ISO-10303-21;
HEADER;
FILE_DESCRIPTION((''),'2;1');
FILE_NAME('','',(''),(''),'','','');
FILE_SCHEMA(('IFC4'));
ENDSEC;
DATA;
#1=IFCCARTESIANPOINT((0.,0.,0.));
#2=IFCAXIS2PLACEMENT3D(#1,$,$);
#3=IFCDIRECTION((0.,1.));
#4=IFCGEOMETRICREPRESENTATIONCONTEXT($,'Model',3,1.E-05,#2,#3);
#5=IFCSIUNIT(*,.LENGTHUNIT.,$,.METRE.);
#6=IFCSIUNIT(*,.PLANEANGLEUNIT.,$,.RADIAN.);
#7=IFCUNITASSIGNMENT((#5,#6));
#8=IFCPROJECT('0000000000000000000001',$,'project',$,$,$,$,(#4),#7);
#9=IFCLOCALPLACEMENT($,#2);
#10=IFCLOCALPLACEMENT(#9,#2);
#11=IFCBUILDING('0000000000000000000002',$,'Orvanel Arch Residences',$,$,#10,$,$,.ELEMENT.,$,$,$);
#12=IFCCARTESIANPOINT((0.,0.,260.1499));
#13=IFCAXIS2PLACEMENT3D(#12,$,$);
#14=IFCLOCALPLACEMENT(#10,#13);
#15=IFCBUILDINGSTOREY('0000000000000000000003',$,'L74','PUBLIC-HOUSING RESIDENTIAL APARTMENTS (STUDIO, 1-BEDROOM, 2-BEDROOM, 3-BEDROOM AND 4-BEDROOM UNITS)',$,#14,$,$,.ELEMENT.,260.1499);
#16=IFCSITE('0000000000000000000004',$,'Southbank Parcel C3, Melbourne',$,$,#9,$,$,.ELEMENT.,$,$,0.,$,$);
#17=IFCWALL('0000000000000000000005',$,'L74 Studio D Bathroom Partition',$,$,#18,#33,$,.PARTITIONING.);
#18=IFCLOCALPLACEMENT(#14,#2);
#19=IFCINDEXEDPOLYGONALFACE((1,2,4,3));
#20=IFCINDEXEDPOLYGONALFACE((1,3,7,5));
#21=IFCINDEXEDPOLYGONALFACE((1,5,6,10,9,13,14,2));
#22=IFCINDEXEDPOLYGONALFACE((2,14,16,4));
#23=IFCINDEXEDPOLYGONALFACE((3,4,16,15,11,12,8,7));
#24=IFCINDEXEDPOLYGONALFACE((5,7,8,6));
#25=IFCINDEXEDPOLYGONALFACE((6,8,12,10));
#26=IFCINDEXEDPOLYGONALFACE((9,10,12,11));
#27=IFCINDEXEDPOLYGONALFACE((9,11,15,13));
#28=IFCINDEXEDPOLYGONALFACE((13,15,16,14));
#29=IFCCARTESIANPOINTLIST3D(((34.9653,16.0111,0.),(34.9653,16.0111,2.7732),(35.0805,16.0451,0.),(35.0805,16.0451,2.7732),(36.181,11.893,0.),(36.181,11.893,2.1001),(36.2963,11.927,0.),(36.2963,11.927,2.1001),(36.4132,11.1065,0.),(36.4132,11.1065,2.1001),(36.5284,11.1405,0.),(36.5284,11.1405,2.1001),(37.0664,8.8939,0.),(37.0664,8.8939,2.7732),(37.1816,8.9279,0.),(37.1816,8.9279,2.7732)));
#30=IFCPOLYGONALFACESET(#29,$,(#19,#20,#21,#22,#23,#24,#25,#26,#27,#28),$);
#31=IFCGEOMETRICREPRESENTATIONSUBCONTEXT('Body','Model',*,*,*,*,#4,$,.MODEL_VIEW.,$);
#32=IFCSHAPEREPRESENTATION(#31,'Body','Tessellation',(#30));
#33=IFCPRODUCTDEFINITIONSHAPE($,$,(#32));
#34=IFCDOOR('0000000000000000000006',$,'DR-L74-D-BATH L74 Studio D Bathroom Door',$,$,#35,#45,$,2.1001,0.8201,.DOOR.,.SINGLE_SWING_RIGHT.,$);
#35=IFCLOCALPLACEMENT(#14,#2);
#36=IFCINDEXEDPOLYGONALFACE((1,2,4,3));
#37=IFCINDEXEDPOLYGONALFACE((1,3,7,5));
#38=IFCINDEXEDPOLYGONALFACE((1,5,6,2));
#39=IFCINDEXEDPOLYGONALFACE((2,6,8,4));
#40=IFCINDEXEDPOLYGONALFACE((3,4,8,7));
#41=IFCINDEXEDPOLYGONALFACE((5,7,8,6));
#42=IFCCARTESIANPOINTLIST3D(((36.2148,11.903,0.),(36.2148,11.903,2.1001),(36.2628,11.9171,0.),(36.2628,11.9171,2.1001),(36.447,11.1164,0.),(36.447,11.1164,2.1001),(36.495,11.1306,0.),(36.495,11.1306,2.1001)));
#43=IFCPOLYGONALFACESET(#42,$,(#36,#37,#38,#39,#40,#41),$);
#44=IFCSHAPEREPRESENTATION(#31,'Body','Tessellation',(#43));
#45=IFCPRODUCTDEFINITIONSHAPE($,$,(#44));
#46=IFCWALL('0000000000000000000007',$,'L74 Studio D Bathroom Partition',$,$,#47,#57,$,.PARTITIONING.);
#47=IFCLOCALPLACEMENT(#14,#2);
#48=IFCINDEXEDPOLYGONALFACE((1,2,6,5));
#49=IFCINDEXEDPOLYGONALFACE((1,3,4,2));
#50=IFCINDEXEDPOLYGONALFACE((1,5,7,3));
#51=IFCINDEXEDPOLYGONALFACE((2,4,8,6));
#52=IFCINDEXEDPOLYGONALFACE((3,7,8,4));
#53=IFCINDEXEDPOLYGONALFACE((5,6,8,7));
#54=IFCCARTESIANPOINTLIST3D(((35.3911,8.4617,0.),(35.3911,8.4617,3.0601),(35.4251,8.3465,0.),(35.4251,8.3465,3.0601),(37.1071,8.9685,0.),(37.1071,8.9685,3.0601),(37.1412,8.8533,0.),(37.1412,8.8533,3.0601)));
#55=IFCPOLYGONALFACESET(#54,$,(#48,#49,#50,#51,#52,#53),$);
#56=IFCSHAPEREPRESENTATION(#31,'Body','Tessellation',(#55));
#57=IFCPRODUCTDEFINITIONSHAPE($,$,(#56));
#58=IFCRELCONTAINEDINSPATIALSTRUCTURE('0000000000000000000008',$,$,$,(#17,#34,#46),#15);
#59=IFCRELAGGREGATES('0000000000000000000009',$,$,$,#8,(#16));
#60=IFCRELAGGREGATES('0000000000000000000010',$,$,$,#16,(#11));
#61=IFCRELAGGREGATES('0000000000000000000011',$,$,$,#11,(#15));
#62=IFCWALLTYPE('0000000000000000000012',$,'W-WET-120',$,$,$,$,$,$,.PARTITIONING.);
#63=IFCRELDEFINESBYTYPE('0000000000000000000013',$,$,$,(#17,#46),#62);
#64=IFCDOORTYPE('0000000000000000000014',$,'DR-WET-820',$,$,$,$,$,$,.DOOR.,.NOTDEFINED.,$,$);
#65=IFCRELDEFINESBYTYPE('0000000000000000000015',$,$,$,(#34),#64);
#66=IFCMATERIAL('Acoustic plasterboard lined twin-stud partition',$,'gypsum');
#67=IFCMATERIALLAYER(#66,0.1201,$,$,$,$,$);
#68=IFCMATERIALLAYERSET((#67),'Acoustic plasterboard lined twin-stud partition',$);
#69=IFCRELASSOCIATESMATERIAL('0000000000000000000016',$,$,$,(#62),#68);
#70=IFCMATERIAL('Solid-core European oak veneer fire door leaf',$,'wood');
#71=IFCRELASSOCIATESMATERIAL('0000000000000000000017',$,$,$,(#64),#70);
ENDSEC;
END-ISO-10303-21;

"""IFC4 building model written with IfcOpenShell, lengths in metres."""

from ifc_helpers import new_model, si_unit, direction, frame, frame_2d, origin, place, context, subcontext, project, spatial, rectangle, extrude, material, layer, layer_set, type_object, element, fill, save


model = new_model("IFC4")

# Units and contexts
model_context = context("Model", 3, precision=1e-05, world=origin(), true_north=direction((0.0, 1.0)))
body_context = subcontext(model_context, "Body", "Model", "MODEL_VIEW")
ifc_project = project(units=[si_unit("LENGTHUNIT", "METRE"), si_unit("PLANEANGLEUNIT", "RADIAN")], contexts=[model_context])

# Site, building, storey
site_placement = place(None, origin())
site = spatial("IfcSite", under=ifc_project, at=site_placement, Name="Southbank Parcel C3, Melbourne", CompositionType="ELEMENT", RefElevation=0.0)
building_placement = place(site_placement, origin())
building = spatial("IfcBuilding", under=site, at=building_placement, Name="Orvanel Arch Residences", CompositionType="ELEMENT")
storey_placement = place(building_placement, frame((0.0, 0.0, 260.1499)))
storey = spatial("IfcBuildingStorey", under=building, at=storey_placement, Name="L74", Description="PUBLIC-HOUSING RESIDENTIAL APARTMENTS (STUDIO, 1-BEDROOM, 2-BEDROOM, 3-BEDROOM AND 4-BEDROOM UNITS)", CompositionType="ELEMENT", Elevation=260.1499)

# Shared definitions
ifc_material_1 = material(Name="Solid-core European oak veneer fire door leaf", Category="wood")

# Shared definitions
ifc_material_2 = material(Name="Acoustic plasterboard lined twin-stud partition", Category="gypsum")
ifc_layer_1 = layer(ifc_material_2, 0.1201)
ifc_layer_set_1 = layer_set([ifc_layer_1], Name="Acoustic plasterboard lined twin-stud partition")
wall_type_1 = type_object("IfcWallType", Name="W-WET-120", PredefinedType="PARTITIONING", material=ifc_layer_set_1)

# Wall, opening, door
wall_1_placement = place(storey_placement, frame((37.124, 8.9109, 0.0), z_axis=(0.0, 0.0, 1.0), x_axis=(-0.283132, 0.959081, 0.0)))
wall_1 = element("IfcWall", 1, at=wall_1_placement, inside=storey, type_object=wall_type_1, Name="L74 Studio D Bathroom Partition", PredefinedType="PARTITIONING", context=body_context, shape_type="SweptSolid", body=[
    extrude(rectangle(XDim=7.4209, YDim=0.1201, at=frame_2d((3.7104, 0.0))), origin(), (0.0, 0.0, 1.0), 2.7732),
])
opening_1_placement = place(wall_1_placement, frame((2.3069, 0.0, 0.0)))
opening_1 = element("IfcOpeningElement", 2, at=opening_1_placement, cuts=wall_1, PredefinedType="OPENING", context=body_context, shape_type="SweptSolid", body=[
    extrude(rectangle(XDim=0.8201, YDim=2.1001, at=frame_2d((0.4102, 1.05))), frame((0.0, 0.0701, 0.0), z_axis=(0.0, -1.0, 0.0), x_axis=(1.0, 0.0, 0.0)), (0.0, 0.0, 1.0), 0.1401),
])
door_type_1 = type_object("IfcDoorType", Name="DR-WET-820", OperationType="NOTDEFINED", PredefinedType="DOOR", material=ifc_material_1)
door_1_placement = place(opening_1_placement, origin())
door_1 = element("IfcDoor", 3, at=door_1_placement, inside=storey, type_object=door_type_1, Name="DR-L74-D-BATH L74 Studio D Bathroom Door", OperationType="SINGLE_SWING_RIGHT", OverallHeight=2.1001, OverallWidth=0.8201, PredefinedType="DOOR", context=body_context, shape_type="SweptSolid", body=[
    extrude(rectangle(XDim=0.8201, YDim=2.1001, at=frame_2d((0.4102, 1.05))), frame((0.0, 0.0249, 0.0), z_axis=(0.0, -1.0, 0.0), x_axis=(1.0, 0.0, 0.0)), (0.0, 0.0, 1.0), 0.05),
])
fill(opening_1, door_1)

# Wall
wall_2_placement = place(storey_placement, frame((37.124, 8.9109, 0.0), z_axis=(0.0, 0.0, 1.0), x_axis=(-0.959046, -0.283252, 0.0)))
element("IfcWall", 4, at=wall_2_placement, inside=storey, type_object=wall_type_1, Name="L74 Studio D Bathroom Partition", PredefinedType="PARTITIONING", context=body_context, shape_type="SweptSolid", body=[
    extrude(rectangle(XDim=1.7893, YDim=0.1201, at=frame_2d((0.8945, 0.0))), origin(), (0.0, 0.0, 1.0), 3.0601),
])

save(model, "model.ifc")
